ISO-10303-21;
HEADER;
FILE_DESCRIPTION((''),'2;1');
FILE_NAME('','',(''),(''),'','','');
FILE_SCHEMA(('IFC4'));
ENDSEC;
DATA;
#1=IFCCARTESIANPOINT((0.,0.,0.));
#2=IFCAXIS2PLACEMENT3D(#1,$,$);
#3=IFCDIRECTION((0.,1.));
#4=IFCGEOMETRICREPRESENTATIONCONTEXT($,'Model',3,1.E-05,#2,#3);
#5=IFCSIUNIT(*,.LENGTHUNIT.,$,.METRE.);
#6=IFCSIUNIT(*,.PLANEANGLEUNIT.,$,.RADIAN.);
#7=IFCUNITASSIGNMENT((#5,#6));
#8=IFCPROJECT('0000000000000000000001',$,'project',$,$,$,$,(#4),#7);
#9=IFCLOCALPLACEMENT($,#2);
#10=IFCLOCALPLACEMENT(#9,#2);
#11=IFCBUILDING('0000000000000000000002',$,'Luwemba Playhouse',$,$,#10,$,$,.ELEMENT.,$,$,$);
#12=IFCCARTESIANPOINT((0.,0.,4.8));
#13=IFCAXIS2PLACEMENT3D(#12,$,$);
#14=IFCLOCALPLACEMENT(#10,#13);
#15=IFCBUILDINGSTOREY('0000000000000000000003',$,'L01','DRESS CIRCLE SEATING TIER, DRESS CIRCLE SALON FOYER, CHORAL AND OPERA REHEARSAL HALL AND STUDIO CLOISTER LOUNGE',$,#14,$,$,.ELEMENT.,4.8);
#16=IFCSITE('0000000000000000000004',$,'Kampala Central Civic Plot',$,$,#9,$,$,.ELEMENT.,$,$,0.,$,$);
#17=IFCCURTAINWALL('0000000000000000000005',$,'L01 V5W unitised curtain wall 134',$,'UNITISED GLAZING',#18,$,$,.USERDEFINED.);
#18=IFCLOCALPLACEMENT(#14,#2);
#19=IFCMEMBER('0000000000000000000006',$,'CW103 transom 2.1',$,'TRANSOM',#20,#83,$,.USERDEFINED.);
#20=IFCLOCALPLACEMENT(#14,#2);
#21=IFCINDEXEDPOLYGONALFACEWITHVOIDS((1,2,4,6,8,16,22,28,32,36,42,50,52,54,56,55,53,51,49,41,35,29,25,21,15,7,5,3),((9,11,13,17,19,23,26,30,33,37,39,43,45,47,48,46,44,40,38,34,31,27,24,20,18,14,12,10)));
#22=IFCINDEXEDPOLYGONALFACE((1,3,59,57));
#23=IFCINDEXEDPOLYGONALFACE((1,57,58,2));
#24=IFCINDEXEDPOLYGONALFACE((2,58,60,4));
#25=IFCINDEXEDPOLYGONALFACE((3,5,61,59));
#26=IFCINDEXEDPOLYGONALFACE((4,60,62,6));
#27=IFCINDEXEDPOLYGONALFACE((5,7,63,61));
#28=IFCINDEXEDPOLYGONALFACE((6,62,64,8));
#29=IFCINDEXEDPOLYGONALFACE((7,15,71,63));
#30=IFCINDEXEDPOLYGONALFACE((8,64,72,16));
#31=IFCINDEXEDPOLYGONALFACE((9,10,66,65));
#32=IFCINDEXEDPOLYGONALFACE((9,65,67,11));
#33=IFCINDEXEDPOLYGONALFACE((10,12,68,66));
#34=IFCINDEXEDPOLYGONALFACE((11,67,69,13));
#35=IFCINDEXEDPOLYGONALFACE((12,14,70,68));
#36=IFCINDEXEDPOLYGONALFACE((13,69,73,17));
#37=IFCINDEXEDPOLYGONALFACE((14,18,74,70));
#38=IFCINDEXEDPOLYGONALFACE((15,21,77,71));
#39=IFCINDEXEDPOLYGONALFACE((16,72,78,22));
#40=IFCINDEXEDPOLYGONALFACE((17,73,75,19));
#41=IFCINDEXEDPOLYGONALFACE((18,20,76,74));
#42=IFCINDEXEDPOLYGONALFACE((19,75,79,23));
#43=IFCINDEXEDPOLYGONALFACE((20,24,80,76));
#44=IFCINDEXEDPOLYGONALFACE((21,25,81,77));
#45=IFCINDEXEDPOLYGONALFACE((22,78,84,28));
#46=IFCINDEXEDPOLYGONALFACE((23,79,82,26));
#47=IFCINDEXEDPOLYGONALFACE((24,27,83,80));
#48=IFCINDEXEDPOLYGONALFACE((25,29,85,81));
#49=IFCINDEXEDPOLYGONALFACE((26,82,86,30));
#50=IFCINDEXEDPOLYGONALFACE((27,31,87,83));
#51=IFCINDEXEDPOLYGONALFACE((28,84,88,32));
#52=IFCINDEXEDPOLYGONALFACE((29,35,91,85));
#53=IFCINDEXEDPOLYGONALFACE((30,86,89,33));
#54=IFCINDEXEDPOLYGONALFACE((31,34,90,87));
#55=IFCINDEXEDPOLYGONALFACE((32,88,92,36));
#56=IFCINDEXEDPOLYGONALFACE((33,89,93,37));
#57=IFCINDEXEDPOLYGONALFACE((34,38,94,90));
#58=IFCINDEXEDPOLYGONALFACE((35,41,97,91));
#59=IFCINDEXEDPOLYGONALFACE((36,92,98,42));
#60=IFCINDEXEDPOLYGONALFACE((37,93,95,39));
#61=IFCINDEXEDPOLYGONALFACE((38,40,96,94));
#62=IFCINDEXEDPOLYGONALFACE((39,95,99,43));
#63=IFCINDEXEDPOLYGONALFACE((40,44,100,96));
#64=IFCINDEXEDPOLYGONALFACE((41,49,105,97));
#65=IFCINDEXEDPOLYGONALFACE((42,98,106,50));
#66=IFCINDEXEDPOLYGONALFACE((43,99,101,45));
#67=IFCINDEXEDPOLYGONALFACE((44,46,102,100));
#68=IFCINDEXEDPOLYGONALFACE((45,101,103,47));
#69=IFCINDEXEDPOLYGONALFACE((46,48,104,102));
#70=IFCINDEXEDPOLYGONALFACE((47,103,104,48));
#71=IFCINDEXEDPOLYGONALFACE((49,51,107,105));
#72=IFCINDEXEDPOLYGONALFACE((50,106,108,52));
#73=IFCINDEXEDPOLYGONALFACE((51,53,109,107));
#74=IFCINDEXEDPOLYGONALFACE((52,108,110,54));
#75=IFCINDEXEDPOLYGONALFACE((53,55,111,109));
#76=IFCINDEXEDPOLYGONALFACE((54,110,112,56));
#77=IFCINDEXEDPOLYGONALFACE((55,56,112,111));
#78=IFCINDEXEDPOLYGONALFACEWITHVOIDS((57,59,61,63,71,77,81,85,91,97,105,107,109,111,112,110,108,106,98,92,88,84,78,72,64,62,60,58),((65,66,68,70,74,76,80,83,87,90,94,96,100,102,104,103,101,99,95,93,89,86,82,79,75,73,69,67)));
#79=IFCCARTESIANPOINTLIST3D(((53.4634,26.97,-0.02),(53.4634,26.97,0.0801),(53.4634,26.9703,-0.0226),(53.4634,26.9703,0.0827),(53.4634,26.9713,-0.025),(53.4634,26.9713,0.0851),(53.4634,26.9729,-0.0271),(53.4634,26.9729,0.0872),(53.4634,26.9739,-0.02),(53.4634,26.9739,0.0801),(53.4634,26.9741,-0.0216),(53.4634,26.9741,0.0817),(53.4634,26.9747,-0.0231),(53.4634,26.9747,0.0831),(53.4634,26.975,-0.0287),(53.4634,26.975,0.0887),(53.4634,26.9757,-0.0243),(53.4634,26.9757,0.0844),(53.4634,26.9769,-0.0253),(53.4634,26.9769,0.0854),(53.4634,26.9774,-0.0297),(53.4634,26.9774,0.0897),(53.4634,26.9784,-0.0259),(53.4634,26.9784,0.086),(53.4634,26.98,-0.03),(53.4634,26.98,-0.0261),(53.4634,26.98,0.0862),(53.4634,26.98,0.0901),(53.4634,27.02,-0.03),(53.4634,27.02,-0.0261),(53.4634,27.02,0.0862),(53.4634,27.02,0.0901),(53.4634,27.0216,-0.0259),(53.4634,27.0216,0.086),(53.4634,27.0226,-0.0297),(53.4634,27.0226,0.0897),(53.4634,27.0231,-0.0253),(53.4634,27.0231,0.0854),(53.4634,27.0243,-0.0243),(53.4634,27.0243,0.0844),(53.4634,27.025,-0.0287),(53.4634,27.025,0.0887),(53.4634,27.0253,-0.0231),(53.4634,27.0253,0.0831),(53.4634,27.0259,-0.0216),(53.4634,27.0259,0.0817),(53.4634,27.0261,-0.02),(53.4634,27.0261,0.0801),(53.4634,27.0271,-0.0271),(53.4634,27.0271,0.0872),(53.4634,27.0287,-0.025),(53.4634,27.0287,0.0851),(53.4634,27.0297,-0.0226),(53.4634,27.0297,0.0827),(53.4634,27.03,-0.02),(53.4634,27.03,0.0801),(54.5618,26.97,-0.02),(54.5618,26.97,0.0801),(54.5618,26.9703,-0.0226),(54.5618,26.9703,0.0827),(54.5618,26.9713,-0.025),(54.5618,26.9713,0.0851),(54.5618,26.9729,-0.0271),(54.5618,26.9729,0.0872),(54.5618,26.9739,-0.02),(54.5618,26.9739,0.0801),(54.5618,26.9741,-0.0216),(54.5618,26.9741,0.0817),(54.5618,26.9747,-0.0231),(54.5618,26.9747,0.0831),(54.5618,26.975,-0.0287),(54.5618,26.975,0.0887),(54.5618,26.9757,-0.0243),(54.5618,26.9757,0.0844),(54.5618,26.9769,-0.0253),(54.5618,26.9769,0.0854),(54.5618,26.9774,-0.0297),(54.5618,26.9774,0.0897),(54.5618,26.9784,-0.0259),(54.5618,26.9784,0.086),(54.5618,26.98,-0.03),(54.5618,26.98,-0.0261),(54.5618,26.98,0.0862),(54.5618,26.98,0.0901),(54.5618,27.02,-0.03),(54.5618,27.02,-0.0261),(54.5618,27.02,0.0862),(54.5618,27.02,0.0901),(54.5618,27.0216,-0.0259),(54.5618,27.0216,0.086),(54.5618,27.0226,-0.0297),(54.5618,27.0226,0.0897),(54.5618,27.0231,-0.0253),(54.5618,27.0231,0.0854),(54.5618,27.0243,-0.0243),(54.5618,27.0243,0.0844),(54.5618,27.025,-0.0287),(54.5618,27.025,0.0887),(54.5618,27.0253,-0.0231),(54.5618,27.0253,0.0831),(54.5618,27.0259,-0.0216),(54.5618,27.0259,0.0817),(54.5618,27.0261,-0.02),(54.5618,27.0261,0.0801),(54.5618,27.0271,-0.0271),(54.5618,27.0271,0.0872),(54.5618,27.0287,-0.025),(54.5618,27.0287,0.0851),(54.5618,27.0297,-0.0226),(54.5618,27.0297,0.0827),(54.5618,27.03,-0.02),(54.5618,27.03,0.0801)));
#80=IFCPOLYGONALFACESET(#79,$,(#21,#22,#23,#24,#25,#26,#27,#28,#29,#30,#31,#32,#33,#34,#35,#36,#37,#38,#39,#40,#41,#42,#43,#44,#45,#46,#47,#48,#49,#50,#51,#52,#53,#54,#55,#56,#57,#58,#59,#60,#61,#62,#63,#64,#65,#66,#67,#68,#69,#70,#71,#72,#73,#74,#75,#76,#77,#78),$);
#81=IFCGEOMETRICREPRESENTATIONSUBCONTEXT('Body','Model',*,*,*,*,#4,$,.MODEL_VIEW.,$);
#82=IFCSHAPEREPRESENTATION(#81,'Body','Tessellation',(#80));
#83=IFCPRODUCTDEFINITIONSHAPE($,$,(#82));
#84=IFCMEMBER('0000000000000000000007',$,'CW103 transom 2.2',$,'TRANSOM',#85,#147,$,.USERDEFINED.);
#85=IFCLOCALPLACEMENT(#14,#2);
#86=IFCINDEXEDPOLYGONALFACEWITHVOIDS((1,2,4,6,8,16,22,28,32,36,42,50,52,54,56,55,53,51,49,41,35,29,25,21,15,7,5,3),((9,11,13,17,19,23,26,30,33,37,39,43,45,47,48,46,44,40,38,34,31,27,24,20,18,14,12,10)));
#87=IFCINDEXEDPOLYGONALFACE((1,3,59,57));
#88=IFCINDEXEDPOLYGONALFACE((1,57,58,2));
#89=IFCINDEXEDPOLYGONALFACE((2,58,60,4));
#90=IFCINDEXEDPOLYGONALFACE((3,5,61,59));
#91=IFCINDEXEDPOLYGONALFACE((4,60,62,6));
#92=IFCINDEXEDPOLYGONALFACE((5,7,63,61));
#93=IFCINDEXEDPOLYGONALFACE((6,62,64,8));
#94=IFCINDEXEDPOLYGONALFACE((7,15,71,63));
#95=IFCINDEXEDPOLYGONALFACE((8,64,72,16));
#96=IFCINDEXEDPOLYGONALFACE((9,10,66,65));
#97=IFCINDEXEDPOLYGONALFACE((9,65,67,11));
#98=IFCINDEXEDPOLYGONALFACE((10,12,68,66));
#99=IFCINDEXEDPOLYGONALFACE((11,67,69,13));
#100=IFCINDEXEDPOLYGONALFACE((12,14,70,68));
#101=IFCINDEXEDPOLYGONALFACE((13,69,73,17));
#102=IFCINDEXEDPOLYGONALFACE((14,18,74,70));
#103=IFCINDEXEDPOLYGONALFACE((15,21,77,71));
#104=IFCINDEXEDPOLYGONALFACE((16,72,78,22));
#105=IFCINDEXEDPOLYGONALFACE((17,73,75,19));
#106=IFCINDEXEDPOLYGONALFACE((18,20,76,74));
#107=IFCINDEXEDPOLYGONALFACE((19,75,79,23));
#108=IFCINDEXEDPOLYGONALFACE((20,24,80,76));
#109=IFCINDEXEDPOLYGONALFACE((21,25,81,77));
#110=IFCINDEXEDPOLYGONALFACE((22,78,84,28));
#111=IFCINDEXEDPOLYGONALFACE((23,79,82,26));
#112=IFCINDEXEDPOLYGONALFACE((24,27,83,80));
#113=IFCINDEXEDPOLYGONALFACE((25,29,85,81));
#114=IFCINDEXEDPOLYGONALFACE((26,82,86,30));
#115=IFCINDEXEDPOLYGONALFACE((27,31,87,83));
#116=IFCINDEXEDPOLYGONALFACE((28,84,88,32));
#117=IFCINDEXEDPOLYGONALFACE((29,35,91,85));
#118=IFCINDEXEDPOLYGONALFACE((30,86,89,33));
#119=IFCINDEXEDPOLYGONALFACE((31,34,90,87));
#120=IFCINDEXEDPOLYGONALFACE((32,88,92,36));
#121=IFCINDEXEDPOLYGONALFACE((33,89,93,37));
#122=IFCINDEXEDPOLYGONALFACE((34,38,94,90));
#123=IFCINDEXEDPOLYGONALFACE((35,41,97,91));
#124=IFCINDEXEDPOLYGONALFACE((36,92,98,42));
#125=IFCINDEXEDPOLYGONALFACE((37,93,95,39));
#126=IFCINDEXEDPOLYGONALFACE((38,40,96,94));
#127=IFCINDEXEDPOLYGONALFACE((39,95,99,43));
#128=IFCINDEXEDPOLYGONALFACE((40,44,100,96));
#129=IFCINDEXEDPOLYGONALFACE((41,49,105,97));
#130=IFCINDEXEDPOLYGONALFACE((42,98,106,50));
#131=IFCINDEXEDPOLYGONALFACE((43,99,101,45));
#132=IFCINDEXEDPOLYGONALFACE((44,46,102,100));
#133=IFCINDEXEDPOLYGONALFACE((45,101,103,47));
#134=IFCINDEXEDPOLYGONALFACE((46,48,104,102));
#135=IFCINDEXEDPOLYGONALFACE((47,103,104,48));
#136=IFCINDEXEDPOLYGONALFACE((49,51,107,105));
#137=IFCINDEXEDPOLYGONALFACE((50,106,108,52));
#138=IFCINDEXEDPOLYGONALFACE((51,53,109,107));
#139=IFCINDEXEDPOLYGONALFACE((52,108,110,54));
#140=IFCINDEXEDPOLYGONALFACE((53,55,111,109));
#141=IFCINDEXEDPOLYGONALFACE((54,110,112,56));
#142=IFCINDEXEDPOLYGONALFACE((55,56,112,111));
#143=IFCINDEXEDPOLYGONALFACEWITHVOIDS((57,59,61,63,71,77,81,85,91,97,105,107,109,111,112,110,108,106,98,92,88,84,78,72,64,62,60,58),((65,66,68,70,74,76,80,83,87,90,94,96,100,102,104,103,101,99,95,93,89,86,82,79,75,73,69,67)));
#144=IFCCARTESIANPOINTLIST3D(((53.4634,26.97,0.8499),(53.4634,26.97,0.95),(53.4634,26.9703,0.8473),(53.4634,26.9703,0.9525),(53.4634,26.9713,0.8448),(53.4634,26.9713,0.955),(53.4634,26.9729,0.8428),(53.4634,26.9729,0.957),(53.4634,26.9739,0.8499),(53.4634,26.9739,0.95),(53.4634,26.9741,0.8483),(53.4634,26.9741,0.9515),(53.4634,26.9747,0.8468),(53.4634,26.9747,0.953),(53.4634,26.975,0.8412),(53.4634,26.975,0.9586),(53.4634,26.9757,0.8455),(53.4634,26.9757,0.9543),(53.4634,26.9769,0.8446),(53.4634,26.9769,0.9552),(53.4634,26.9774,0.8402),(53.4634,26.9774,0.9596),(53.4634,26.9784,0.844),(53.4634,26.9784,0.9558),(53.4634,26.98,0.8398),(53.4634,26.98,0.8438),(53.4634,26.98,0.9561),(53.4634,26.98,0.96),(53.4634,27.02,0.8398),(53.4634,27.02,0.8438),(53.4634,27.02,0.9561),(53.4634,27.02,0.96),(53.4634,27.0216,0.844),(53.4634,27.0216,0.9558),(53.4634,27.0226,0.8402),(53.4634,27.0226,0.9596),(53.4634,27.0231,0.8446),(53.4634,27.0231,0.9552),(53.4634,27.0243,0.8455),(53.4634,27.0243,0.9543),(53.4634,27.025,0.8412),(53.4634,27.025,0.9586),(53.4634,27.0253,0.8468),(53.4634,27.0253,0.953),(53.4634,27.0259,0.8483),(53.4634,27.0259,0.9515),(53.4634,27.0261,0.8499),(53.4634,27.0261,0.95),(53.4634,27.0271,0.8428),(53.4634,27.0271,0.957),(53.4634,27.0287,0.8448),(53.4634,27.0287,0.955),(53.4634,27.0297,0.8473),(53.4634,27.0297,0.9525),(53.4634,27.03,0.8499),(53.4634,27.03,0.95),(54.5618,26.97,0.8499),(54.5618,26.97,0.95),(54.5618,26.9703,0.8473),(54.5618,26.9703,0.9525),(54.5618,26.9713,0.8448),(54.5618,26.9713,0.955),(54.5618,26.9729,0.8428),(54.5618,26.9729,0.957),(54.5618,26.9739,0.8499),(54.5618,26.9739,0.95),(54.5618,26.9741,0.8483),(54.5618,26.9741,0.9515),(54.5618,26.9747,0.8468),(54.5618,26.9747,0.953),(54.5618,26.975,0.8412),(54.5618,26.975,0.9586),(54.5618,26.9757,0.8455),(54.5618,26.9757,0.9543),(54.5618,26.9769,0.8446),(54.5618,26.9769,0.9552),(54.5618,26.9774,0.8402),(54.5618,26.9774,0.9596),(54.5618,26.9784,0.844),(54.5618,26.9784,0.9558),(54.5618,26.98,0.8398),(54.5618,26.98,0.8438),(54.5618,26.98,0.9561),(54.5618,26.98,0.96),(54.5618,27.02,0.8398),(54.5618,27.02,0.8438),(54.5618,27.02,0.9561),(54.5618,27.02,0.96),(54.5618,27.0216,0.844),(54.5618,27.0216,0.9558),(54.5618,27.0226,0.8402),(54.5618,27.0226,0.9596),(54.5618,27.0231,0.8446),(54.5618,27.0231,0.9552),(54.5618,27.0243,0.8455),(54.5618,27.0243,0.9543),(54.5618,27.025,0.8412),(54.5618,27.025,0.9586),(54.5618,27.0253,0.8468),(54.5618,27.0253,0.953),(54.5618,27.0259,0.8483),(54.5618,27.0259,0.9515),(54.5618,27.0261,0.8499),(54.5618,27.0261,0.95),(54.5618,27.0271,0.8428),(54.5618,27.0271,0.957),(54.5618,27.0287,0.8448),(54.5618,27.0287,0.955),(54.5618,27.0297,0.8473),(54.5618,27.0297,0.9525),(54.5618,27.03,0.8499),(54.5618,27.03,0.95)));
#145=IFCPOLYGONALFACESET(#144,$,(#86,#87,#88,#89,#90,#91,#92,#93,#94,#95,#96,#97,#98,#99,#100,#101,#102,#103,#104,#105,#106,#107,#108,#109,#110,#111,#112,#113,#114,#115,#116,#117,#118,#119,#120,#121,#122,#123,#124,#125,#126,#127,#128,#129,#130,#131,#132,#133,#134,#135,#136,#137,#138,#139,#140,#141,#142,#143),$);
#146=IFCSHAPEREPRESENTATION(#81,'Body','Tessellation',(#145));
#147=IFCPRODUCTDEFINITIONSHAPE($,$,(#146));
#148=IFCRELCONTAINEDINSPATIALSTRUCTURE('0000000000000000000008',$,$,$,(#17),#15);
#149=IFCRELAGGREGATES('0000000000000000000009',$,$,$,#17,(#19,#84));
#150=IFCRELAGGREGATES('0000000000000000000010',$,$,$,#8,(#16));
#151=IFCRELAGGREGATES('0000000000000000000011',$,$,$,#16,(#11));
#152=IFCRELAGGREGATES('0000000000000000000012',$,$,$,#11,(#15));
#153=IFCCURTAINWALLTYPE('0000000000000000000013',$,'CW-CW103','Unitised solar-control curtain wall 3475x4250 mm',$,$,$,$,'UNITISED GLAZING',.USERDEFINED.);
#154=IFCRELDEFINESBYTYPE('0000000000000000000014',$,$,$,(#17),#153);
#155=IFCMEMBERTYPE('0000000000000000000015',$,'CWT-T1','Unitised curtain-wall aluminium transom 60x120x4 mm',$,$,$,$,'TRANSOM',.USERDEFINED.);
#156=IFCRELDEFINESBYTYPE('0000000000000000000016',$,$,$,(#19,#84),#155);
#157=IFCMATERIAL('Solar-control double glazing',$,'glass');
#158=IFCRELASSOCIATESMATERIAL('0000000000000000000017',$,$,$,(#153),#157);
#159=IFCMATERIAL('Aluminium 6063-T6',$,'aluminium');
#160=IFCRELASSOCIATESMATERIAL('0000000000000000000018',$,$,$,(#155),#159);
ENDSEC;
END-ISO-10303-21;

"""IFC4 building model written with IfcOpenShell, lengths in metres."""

from ifc_helpers import new_model, si_unit, direction, frame, origin, origin_2d, place, context, subcontext, project, spatial, hollow_rectangle, extrude, material, material_profile, profile_set, type_object, element, aggregate, save


model = new_model("IFC4")

# Units and contexts
model_context = context("Model", 3, precision=1e-05, world=origin(), true_north=direction((0.0, 1.0)))
body_context = subcontext(model_context, "Body", "Model", "MODEL_VIEW")
ifc_project = project(units=[si_unit("LENGTHUNIT", "METRE"), si_unit("PLANEANGLEUNIT", "RADIAN")], contexts=[model_context])

# Site, building, storey
site_placement = place(None, origin())
site = spatial("IfcSite", under=ifc_project, at=site_placement, Name="Kampala Central Civic Plot", CompositionType="ELEMENT", RefElevation=0.0)
building_placement = place(site_placement, origin())
building = spatial("IfcBuilding", under=site, at=building_placement, Name="Luwemba Playhouse", CompositionType="ELEMENT")
storey_placement = place(building_placement, frame((0.0, 0.0, 4.8)))
storey = spatial("IfcBuildingStorey", under=building, at=storey_placement, Name="L01", Description="DRESS CIRCLE SEATING TIER, DRESS CIRCLE SALON FOYER, CHORAL AND OPERA REHEARSAL HALL AND STUDIO CLOISTER LOUNGE", CompositionType="ELEMENT", Elevation=4.8)

# Curtain wall
ifc_material_1 = material(Name="Solar-control double glazing", Category="glass")
ifc_material_2 = material(Name="Aluminium 6063-T6", Category="aluminium")
curtain_wall_type_1 = type_object("IfcCurtainWallType", Name="CW-CW103", Description="Unitised solar-control curtain wall 3475x4250 mm", ElementType="UNITISED GLAZING", PredefinedType="USERDEFINED", material=ifc_material_1)
curtain_wall_1_placement = place(storey_placement, origin())
curtain_wall_1 = element("IfcCurtainWall", 1, at=curtain_wall_1_placement, inside=storey, type_object=curtain_wall_type_1, Name="L01 V5W unitised curtain wall 134", ObjectType="UNITISED GLAZING", PredefinedType="USERDEFINED")

# Members
ifc_material_profile_1 = material_profile(ifc_material_2, hollow_rectangle(XDim=0.0601, YDim=0.1201, WallThickness=0.0039, InnerFilletRadius=0.0061, OuterFilletRadius=0.01, at=origin_2d()))
ifc_profile_set_1 = profile_set([ifc_material_profile_1], Name="Aluminium 6063-T6")
member_type_1 = type_object("IfcMemberType", Name="CWT-T1", Description="Unitised curtain-wall aluminium transom 60x120x4 mm", ElementType="TRANSOM", PredefinedType="USERDEFINED", material=ifc_profile_set_1)
member_1_placement = place(storey_placement, frame((53.4634, 27.0, 0.03), z_axis=(1.0, 0.0, 0.0), x_axis=(0.0, 1.0, 0.0)))
member_1 = element("IfcMember", 2, at=member_1_placement, type_object=member_type_1, Name="CW103 transom 2.1", ObjectType="TRANSOM", PredefinedType="USERDEFINED", context=body_context, shape_type="SweptSolid", body=[
    extrude(hollow_rectangle(XDim=0.0601, YDim=0.1201, WallThickness=0.0039, InnerFilletRadius=0.0061, OuterFilletRadius=0.01, at=origin_2d()), origin(), (0.0, 0.0, 1.0), 1.0984),
])
member_2_placement = place(storey_placement, frame((53.4634, 27.0, 0.8999), z_axis=(1.0, 0.0, 0.0), x_axis=(0.0, 1.0, 0.0)))
member_2 = element("IfcMember", 3, at=member_2_placement, type_object=member_type_1, Name="CW103 transom 2.2", ObjectType="TRANSOM", PredefinedType="USERDEFINED", context=body_context, shape_type="SweptSolid", body=[
    extrude(hollow_rectangle(XDim=0.0601, YDim=0.1201, WallThickness=0.0039, InnerFilletRadius=0.0061, OuterFilletRadius=0.01, at=origin_2d()), origin(), (0.0, 0.0, 1.0), 1.0984),
])

aggregate(curtain_wall_1, [member_1, member_2])

save(model, "model.ifc")
